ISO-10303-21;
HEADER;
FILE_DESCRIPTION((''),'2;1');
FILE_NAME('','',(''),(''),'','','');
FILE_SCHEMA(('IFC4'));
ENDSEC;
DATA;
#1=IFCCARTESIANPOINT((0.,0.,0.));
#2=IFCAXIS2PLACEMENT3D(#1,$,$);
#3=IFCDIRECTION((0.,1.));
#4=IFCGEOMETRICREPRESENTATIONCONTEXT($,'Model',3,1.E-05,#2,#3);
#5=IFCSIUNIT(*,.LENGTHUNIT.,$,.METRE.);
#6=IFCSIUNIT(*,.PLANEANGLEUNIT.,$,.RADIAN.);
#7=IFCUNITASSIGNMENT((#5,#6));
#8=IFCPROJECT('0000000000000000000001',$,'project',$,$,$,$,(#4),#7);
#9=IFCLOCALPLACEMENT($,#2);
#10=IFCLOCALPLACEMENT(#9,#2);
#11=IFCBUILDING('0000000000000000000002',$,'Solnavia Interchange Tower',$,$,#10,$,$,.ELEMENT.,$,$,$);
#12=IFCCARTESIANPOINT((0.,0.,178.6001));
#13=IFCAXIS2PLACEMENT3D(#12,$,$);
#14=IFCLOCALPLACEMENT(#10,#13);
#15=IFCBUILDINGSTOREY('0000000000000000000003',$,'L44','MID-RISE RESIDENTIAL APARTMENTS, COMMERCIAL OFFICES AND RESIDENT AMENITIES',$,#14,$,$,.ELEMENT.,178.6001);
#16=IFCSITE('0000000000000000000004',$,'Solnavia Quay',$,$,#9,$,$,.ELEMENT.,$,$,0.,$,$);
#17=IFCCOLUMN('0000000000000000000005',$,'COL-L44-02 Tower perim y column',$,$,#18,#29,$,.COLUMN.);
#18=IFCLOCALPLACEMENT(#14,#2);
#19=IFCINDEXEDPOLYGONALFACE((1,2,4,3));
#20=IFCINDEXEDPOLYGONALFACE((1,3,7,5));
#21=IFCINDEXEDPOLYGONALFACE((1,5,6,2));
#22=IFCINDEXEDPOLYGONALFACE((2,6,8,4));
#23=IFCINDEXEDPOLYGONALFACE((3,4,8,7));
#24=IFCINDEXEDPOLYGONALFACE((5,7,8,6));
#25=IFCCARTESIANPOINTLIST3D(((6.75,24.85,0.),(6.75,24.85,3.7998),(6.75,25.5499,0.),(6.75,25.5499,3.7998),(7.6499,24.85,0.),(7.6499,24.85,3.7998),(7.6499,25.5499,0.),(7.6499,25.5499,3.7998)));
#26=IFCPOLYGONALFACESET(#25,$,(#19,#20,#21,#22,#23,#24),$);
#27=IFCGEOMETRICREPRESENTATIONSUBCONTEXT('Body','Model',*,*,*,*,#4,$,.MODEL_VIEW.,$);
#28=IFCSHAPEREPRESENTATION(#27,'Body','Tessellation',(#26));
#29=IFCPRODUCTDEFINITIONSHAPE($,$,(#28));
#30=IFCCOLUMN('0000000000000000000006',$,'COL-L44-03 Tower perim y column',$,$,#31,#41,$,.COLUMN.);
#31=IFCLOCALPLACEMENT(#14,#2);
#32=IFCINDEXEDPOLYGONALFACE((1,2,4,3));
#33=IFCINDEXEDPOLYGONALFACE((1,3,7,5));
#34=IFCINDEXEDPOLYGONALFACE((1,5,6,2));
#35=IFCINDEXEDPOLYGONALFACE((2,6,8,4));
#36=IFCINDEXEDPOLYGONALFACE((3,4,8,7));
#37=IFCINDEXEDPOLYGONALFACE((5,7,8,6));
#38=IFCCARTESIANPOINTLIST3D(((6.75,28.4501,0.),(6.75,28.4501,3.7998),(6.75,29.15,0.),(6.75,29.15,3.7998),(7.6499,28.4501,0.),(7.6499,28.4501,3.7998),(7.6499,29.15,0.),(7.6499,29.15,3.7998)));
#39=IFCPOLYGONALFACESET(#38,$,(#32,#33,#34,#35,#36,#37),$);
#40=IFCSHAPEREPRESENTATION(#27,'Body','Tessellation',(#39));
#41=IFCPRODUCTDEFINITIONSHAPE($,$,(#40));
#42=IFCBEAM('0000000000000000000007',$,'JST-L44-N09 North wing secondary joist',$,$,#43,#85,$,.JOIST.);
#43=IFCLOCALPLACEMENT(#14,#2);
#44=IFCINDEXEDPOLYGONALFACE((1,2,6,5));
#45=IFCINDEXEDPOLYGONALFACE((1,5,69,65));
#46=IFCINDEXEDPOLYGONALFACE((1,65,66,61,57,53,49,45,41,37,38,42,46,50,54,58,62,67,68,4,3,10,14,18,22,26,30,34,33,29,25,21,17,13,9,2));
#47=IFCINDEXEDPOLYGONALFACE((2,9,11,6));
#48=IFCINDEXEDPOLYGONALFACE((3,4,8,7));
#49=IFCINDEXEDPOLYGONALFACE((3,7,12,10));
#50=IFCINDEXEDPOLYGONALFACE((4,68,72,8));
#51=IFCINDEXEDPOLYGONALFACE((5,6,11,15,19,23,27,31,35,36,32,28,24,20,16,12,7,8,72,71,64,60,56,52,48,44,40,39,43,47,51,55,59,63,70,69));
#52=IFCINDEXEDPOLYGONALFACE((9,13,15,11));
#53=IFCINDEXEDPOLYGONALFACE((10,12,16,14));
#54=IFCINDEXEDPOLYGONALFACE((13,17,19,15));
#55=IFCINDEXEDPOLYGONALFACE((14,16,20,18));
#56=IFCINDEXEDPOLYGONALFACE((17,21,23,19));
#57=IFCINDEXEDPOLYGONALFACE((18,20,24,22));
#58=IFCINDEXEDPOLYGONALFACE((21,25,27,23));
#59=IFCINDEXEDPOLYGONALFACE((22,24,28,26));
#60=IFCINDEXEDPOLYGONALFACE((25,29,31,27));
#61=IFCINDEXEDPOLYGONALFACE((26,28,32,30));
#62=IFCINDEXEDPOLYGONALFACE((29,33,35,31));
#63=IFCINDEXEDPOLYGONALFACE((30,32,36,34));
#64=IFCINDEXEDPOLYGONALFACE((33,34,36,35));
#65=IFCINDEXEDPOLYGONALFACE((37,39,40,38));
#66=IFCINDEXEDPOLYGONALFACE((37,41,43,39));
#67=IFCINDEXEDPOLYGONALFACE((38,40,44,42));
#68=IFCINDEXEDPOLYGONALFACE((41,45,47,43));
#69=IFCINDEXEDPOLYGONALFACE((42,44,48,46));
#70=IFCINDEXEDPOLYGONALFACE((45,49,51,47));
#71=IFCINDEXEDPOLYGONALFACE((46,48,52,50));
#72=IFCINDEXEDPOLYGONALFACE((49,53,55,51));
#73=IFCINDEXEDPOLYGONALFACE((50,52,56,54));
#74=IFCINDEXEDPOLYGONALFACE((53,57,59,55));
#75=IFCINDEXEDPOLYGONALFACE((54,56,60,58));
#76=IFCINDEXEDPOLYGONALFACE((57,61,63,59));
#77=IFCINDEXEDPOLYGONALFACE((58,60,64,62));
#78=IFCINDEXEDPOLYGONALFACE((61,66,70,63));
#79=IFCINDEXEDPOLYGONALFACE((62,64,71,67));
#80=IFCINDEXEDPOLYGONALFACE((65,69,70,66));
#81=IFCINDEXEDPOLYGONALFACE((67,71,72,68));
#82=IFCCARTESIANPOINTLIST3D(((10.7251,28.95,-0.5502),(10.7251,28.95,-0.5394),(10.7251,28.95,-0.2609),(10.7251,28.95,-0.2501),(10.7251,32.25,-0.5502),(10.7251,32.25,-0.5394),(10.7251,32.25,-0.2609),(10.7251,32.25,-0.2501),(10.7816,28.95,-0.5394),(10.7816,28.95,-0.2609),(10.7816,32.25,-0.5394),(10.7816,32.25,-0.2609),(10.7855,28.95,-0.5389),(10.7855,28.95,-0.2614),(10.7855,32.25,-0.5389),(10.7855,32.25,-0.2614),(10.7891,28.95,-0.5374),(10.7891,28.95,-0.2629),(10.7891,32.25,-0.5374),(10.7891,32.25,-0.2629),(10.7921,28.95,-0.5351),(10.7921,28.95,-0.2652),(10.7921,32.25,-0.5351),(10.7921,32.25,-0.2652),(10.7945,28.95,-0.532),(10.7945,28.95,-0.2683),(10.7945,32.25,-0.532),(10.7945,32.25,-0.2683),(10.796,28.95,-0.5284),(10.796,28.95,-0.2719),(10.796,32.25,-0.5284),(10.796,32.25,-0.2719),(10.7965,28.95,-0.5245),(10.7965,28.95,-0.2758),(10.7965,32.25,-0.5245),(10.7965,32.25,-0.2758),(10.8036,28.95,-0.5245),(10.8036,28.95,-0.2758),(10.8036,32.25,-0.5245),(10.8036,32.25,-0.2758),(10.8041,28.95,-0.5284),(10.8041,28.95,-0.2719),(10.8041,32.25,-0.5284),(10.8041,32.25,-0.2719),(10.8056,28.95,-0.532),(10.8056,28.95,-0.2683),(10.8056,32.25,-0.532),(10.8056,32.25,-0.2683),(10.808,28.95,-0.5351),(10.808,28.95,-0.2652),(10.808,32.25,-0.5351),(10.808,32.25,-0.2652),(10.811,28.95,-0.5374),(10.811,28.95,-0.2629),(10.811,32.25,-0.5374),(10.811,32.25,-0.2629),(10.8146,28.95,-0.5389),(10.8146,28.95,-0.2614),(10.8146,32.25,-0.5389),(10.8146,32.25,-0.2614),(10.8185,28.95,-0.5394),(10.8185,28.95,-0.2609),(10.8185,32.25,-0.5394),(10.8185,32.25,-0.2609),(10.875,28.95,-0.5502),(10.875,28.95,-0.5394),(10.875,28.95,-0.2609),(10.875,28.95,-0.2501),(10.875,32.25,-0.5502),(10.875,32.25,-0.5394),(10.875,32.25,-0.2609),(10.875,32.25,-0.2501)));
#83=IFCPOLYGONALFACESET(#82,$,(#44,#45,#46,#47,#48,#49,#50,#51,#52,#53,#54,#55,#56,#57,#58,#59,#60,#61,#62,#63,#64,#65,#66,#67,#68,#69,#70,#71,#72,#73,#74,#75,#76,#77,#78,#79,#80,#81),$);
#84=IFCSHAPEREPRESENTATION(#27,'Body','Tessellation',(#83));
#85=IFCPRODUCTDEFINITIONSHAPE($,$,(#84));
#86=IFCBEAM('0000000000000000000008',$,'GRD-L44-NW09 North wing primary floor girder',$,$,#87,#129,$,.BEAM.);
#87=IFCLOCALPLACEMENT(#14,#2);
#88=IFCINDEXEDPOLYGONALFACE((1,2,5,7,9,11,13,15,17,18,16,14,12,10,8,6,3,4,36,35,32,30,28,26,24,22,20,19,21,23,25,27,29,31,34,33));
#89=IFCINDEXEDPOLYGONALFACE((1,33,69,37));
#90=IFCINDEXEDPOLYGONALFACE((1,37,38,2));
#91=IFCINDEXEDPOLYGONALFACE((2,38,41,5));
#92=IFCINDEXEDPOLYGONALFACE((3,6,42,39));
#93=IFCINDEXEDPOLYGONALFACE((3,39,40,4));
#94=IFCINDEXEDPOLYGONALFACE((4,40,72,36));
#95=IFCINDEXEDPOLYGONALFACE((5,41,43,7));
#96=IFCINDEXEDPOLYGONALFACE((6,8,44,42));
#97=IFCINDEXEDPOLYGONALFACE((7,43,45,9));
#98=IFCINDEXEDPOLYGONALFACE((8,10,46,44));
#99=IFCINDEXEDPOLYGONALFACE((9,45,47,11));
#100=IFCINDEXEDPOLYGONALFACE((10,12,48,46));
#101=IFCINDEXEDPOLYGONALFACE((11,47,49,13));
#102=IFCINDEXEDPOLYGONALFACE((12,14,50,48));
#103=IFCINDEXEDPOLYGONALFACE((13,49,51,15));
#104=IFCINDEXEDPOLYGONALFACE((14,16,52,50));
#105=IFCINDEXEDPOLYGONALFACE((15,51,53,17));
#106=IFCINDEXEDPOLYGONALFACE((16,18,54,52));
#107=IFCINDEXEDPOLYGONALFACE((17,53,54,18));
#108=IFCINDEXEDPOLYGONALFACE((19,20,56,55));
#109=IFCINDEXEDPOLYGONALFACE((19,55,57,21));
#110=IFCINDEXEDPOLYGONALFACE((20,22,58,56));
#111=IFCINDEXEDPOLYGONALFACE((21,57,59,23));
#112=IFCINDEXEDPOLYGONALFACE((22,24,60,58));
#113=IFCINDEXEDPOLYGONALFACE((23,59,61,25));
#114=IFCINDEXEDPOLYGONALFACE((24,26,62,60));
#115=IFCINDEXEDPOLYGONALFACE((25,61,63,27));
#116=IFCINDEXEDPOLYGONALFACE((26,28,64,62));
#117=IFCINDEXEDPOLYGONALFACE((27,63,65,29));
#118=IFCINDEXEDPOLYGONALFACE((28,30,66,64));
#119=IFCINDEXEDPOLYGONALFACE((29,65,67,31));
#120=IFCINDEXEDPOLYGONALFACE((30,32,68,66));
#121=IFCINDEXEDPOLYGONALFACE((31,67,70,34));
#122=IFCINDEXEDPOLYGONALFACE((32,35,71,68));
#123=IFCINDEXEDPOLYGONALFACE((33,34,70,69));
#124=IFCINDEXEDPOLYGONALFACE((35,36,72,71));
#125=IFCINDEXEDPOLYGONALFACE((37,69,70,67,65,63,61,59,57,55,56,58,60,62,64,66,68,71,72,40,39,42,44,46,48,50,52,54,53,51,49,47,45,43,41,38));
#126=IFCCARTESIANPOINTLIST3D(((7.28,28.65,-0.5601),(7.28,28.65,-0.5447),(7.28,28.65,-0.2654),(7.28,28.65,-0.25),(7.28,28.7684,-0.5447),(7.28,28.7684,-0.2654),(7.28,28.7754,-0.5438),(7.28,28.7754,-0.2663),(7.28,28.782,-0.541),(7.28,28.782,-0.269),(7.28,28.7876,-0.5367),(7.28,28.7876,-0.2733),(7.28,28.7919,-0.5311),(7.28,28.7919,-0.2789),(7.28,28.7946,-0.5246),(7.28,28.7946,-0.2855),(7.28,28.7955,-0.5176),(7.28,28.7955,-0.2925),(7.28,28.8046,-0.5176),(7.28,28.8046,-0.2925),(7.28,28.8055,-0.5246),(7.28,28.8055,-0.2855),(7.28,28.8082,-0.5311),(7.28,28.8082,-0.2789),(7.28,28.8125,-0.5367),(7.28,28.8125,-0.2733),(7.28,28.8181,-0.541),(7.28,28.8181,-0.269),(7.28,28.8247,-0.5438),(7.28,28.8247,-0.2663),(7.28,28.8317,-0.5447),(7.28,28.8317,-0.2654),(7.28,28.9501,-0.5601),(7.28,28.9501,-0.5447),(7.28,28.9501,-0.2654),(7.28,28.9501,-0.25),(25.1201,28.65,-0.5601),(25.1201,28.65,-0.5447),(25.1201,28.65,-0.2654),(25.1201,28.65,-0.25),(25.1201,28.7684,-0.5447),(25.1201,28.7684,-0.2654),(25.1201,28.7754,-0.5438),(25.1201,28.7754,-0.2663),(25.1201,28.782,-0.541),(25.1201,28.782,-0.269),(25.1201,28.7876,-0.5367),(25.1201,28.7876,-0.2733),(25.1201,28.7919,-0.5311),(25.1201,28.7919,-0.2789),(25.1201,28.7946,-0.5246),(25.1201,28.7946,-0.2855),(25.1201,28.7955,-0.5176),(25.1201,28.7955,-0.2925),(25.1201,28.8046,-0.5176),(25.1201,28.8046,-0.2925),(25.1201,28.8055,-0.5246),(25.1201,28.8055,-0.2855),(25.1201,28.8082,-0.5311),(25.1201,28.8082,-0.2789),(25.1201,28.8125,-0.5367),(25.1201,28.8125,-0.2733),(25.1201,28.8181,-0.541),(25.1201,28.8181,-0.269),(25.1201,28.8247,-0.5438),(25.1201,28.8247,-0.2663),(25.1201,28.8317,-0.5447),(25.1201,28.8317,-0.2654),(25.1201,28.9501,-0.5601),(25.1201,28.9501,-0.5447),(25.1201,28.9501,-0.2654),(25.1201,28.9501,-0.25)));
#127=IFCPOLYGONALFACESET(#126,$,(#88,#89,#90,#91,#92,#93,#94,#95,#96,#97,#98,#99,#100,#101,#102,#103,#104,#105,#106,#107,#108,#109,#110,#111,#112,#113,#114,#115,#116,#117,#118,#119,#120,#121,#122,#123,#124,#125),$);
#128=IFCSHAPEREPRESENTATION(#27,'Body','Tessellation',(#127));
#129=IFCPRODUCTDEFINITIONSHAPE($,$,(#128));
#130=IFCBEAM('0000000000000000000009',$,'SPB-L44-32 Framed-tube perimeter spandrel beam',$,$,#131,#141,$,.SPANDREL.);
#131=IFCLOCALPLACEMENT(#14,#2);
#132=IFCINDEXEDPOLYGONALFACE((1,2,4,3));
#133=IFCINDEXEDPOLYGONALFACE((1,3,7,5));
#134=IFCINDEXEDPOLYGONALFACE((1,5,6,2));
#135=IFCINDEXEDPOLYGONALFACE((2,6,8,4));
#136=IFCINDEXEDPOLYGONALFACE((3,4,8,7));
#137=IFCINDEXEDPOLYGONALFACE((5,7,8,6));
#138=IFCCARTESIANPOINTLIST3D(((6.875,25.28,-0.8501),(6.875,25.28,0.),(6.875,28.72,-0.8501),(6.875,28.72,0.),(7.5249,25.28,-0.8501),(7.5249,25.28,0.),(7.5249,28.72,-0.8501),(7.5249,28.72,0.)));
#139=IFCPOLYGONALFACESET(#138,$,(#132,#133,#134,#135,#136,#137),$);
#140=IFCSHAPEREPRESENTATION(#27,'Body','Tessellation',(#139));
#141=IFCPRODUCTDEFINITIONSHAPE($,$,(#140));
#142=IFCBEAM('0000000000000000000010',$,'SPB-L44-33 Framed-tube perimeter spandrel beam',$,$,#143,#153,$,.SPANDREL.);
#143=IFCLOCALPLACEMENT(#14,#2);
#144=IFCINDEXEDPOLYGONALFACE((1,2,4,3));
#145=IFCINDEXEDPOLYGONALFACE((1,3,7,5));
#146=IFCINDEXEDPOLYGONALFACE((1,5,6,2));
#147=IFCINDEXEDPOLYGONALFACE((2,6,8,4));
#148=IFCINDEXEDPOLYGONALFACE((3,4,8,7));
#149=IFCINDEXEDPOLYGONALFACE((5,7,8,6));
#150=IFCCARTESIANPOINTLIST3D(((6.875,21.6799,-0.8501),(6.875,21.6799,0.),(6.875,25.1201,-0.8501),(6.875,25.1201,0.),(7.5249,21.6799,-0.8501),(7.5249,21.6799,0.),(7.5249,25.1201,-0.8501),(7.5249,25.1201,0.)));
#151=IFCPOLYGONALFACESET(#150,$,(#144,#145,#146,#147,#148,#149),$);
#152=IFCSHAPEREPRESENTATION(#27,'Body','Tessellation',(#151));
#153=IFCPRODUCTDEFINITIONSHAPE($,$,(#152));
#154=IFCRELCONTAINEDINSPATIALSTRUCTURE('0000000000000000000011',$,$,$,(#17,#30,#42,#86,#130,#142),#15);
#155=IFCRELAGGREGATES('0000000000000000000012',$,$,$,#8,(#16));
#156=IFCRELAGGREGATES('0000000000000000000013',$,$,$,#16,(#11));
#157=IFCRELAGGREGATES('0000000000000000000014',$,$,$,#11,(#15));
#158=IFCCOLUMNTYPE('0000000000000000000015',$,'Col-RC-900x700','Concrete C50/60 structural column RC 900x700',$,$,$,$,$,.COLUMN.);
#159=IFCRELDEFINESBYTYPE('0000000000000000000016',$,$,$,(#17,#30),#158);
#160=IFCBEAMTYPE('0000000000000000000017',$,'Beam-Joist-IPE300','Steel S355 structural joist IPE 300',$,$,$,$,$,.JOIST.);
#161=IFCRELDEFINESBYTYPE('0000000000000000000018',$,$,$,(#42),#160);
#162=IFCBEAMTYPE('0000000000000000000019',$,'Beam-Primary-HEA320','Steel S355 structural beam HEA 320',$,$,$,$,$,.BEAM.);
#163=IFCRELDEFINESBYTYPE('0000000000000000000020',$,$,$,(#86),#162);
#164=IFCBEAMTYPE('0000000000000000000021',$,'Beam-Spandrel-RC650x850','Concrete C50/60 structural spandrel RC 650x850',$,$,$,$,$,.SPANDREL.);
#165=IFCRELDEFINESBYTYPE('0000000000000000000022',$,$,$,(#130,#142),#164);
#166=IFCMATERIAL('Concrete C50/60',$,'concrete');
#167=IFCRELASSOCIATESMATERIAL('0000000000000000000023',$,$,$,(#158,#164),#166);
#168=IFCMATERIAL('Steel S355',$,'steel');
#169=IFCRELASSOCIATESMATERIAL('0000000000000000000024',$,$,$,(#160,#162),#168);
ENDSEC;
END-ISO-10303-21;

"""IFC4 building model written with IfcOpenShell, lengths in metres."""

from ifc_helpers import new_model, si_unit, direction, frame, origin, origin_2d, place, context, subcontext, project, spatial, rectangle, i_section, extrude, material, material_profile, profile_set, type_object, element, save


model = new_model("IFC4")

# Units and contexts
model_context = context("Model", 3, precision=1e-05, world=origin(), true_north=direction((0.0, 1.0)))
body_context = subcontext(model_context, "Body", "Model", "MODEL_VIEW")
ifc_project = project(units=[si_unit("LENGTHUNIT", "METRE"), si_unit("PLANEANGLEUNIT", "RADIAN")], contexts=[model_context])

# Site, building, storey
site_placement = place(None, origin())
site = spatial("IfcSite", under=ifc_project, at=site_placement, Name="Solnavia Quay", CompositionType="ELEMENT", RefElevation=0.0)
building_placement = place(site_placement, origin())
building = spatial("IfcBuilding", under=site, at=building_placement, Name="Solnavia Interchange Tower", CompositionType="ELEMENT")
storey_placement = place(building_placement, frame((0.0, 0.0, 178.6001)))
storey = spatial("IfcBuildingStorey", under=building, at=storey_placement, Name="L44", Description="MID-RISE RESIDENTIAL APARTMENTS, COMMERCIAL OFFICES AND RESIDENT AMENITIES", CompositionType="ELEMENT", Elevation=178.6001)

# Columns
ifc_material_1 = material(Name="Concrete C50/60", Category="concrete")
ifc_material_profile_1 = material_profile(ifc_material_1, rectangle(XDim=0.7, YDim=0.8999, at=origin_2d()), Name="RC 900x700")
ifc_profile_set_1 = profile_set([ifc_material_profile_1], Name="Concrete C50/60")
column_type = type_object("IfcColumnType", Name="Col-RC-900x700", Description="Concrete C50/60 structural column RC 900x700", PredefinedType="COLUMN", material=ifc_profile_set_1)
for number, where, z_axis, x_axis, name in (
    (1, (7.2, 25.2, 0.0), (0.0, 0.0, 1.0), (0.0, 1.0, 0.0), "COL-L44-02 Tower perim y column"),
    (2, (7.2, 28.8, 0.0), (0.0, 0.0, 1.0), (0.0, 1.0, 0.0), "COL-L44-03 Tower perim y column"),
):
    element("IfcColumn", number, at=place(storey_placement, frame(where, z_axis=z_axis, x_axis=x_axis)), inside=storey, type_object=column_type, Name=name, PredefinedType="COLUMN", context=body_context, shape_type="SweptSolid", body=[
        extrude(rectangle(XDim=0.7, YDim=0.8999, at=origin_2d()), origin(), (0.0, 0.0, 1.0), 3.7998),
    ])

# Beams
ifc_material_2 = material(Name="Steel S355", Category="steel")
ifc_material_profile_2 = material_profile(ifc_material_2, i_section(OverallWidth=0.1499, OverallDepth=0.3, WebThickness=0.0071, FlangeThickness=0.0107, FilletRadius=0.0149, at=origin_2d()), Name="IPE 300")
ifc_profile_set_2 = profile_set([ifc_material_profile_2], Name="Steel S355")
beam_type_1 = type_object("IfcBeamType", Name="Beam-Joist-IPE300", Description="Steel S355 structural joist IPE 300", PredefinedType="JOIST", material=ifc_profile_set_2)
beam_1_placement = place(storey_placement, frame((10.8, 28.95, -0.4001), z_axis=(0.0, 1.0, 0.0), x_axis=(-1.0, 0.0, 0.0)))
element("IfcBeam", 3, at=beam_1_placement, inside=storey, type_object=beam_type_1, Name="JST-L44-N09 North wing secondary joist", PredefinedType="JOIST", context=body_context, shape_type="SweptSolid", body=[
    extrude(i_section(OverallWidth=0.1499, OverallDepth=0.3, WebThickness=0.0071, FlangeThickness=0.0107, FilletRadius=0.0149, at=origin_2d()), origin(), (0.0, 0.0, 1.0), 3.3),
])
ifc_material_profile_3 = material_profile(ifc_material_2, i_section(OverallWidth=0.3, OverallDepth=0.3101, WebThickness=0.009, FlangeThickness=0.0154, FilletRadius=0.0271, at=origin_2d()), Name="HEA 320")
ifc_profile_set_3 = profile_set([ifc_material_profile_3], Name="Steel S355")
beam_type_2 = type_object("IfcBeamType", Name="Beam-Primary-HEA320", Description="Steel S355 structural beam HEA 320", PredefinedType="BEAM", material=ifc_profile_set_3)
beam_2_placement = place(storey_placement, frame((7.28, 28.8, -0.405), z_axis=(1.0, 0.0, 0.0), x_axis=(0.0, 1.0, 0.0)))
element("IfcBeam", 4, at=beam_2_placement, inside=storey, type_object=beam_type_2, Name="GRD-L44-NW09 North wing primary floor girder", PredefinedType="BEAM", context=body_context, shape_type="SweptSolid", body=[
    extrude(i_section(OverallWidth=0.3, OverallDepth=0.3101, WebThickness=0.009, FlangeThickness=0.0154, FilletRadius=0.0271, at=origin_2d()), origin(), (0.0, 0.0, 1.0), 17.8401),
])
ifc_material_profile_4 = material_profile(ifc_material_1, rectangle(XDim=0.6499, YDim=0.8501, at=origin_2d()), Name="RC 650x850")
ifc_profile_set_4 = profile_set([ifc_material_profile_4], Name="Concrete C50/60")
beam_type_3 = type_object("IfcBeamType", Name="Beam-Spandrel-RC650x850", Description="Concrete C50/60 structural spandrel RC 650x850", PredefinedType="SPANDREL", material=ifc_profile_set_4)
beam_3_placement = place(storey_placement, frame((7.2, 28.72, -0.425), z_axis=(0.0, -1.0, 0.0), x_axis=(1.0, 0.0, 0.0)))
element("IfcBeam", 5, at=beam_3_placement, inside=storey, type_object=beam_type_3, Name="SPB-L44-32 Framed-tube perimeter spandrel beam", PredefinedType="SPANDREL", context=body_context, shape_type="SweptSolid", body=[
    extrude(rectangle(XDim=0.6499, YDim=0.8501, at=origin_2d()), origin(), (0.0, 0.0, 1.0), 3.4399),
])
beam_4_placement = place(storey_placement, frame((7.2, 25.1201, -0.425), z_axis=(0.0, -1.0, 0.0), x_axis=(1.0, 0.0, 0.0)))
element("IfcBeam", 6, at=beam_4_placement, inside=storey, type_object=beam_type_3, Name="SPB-L44-33 Framed-tube perimeter spandrel beam", PredefinedType="SPANDREL", context=body_context, shape_type="SweptSolid", body=[
    extrude(rectangle(XDim=0.6499, YDim=0.8501, at=origin_2d()), origin(), (0.0, 0.0, 1.0), 3.4402),
])

save(model, "model.ifc")
